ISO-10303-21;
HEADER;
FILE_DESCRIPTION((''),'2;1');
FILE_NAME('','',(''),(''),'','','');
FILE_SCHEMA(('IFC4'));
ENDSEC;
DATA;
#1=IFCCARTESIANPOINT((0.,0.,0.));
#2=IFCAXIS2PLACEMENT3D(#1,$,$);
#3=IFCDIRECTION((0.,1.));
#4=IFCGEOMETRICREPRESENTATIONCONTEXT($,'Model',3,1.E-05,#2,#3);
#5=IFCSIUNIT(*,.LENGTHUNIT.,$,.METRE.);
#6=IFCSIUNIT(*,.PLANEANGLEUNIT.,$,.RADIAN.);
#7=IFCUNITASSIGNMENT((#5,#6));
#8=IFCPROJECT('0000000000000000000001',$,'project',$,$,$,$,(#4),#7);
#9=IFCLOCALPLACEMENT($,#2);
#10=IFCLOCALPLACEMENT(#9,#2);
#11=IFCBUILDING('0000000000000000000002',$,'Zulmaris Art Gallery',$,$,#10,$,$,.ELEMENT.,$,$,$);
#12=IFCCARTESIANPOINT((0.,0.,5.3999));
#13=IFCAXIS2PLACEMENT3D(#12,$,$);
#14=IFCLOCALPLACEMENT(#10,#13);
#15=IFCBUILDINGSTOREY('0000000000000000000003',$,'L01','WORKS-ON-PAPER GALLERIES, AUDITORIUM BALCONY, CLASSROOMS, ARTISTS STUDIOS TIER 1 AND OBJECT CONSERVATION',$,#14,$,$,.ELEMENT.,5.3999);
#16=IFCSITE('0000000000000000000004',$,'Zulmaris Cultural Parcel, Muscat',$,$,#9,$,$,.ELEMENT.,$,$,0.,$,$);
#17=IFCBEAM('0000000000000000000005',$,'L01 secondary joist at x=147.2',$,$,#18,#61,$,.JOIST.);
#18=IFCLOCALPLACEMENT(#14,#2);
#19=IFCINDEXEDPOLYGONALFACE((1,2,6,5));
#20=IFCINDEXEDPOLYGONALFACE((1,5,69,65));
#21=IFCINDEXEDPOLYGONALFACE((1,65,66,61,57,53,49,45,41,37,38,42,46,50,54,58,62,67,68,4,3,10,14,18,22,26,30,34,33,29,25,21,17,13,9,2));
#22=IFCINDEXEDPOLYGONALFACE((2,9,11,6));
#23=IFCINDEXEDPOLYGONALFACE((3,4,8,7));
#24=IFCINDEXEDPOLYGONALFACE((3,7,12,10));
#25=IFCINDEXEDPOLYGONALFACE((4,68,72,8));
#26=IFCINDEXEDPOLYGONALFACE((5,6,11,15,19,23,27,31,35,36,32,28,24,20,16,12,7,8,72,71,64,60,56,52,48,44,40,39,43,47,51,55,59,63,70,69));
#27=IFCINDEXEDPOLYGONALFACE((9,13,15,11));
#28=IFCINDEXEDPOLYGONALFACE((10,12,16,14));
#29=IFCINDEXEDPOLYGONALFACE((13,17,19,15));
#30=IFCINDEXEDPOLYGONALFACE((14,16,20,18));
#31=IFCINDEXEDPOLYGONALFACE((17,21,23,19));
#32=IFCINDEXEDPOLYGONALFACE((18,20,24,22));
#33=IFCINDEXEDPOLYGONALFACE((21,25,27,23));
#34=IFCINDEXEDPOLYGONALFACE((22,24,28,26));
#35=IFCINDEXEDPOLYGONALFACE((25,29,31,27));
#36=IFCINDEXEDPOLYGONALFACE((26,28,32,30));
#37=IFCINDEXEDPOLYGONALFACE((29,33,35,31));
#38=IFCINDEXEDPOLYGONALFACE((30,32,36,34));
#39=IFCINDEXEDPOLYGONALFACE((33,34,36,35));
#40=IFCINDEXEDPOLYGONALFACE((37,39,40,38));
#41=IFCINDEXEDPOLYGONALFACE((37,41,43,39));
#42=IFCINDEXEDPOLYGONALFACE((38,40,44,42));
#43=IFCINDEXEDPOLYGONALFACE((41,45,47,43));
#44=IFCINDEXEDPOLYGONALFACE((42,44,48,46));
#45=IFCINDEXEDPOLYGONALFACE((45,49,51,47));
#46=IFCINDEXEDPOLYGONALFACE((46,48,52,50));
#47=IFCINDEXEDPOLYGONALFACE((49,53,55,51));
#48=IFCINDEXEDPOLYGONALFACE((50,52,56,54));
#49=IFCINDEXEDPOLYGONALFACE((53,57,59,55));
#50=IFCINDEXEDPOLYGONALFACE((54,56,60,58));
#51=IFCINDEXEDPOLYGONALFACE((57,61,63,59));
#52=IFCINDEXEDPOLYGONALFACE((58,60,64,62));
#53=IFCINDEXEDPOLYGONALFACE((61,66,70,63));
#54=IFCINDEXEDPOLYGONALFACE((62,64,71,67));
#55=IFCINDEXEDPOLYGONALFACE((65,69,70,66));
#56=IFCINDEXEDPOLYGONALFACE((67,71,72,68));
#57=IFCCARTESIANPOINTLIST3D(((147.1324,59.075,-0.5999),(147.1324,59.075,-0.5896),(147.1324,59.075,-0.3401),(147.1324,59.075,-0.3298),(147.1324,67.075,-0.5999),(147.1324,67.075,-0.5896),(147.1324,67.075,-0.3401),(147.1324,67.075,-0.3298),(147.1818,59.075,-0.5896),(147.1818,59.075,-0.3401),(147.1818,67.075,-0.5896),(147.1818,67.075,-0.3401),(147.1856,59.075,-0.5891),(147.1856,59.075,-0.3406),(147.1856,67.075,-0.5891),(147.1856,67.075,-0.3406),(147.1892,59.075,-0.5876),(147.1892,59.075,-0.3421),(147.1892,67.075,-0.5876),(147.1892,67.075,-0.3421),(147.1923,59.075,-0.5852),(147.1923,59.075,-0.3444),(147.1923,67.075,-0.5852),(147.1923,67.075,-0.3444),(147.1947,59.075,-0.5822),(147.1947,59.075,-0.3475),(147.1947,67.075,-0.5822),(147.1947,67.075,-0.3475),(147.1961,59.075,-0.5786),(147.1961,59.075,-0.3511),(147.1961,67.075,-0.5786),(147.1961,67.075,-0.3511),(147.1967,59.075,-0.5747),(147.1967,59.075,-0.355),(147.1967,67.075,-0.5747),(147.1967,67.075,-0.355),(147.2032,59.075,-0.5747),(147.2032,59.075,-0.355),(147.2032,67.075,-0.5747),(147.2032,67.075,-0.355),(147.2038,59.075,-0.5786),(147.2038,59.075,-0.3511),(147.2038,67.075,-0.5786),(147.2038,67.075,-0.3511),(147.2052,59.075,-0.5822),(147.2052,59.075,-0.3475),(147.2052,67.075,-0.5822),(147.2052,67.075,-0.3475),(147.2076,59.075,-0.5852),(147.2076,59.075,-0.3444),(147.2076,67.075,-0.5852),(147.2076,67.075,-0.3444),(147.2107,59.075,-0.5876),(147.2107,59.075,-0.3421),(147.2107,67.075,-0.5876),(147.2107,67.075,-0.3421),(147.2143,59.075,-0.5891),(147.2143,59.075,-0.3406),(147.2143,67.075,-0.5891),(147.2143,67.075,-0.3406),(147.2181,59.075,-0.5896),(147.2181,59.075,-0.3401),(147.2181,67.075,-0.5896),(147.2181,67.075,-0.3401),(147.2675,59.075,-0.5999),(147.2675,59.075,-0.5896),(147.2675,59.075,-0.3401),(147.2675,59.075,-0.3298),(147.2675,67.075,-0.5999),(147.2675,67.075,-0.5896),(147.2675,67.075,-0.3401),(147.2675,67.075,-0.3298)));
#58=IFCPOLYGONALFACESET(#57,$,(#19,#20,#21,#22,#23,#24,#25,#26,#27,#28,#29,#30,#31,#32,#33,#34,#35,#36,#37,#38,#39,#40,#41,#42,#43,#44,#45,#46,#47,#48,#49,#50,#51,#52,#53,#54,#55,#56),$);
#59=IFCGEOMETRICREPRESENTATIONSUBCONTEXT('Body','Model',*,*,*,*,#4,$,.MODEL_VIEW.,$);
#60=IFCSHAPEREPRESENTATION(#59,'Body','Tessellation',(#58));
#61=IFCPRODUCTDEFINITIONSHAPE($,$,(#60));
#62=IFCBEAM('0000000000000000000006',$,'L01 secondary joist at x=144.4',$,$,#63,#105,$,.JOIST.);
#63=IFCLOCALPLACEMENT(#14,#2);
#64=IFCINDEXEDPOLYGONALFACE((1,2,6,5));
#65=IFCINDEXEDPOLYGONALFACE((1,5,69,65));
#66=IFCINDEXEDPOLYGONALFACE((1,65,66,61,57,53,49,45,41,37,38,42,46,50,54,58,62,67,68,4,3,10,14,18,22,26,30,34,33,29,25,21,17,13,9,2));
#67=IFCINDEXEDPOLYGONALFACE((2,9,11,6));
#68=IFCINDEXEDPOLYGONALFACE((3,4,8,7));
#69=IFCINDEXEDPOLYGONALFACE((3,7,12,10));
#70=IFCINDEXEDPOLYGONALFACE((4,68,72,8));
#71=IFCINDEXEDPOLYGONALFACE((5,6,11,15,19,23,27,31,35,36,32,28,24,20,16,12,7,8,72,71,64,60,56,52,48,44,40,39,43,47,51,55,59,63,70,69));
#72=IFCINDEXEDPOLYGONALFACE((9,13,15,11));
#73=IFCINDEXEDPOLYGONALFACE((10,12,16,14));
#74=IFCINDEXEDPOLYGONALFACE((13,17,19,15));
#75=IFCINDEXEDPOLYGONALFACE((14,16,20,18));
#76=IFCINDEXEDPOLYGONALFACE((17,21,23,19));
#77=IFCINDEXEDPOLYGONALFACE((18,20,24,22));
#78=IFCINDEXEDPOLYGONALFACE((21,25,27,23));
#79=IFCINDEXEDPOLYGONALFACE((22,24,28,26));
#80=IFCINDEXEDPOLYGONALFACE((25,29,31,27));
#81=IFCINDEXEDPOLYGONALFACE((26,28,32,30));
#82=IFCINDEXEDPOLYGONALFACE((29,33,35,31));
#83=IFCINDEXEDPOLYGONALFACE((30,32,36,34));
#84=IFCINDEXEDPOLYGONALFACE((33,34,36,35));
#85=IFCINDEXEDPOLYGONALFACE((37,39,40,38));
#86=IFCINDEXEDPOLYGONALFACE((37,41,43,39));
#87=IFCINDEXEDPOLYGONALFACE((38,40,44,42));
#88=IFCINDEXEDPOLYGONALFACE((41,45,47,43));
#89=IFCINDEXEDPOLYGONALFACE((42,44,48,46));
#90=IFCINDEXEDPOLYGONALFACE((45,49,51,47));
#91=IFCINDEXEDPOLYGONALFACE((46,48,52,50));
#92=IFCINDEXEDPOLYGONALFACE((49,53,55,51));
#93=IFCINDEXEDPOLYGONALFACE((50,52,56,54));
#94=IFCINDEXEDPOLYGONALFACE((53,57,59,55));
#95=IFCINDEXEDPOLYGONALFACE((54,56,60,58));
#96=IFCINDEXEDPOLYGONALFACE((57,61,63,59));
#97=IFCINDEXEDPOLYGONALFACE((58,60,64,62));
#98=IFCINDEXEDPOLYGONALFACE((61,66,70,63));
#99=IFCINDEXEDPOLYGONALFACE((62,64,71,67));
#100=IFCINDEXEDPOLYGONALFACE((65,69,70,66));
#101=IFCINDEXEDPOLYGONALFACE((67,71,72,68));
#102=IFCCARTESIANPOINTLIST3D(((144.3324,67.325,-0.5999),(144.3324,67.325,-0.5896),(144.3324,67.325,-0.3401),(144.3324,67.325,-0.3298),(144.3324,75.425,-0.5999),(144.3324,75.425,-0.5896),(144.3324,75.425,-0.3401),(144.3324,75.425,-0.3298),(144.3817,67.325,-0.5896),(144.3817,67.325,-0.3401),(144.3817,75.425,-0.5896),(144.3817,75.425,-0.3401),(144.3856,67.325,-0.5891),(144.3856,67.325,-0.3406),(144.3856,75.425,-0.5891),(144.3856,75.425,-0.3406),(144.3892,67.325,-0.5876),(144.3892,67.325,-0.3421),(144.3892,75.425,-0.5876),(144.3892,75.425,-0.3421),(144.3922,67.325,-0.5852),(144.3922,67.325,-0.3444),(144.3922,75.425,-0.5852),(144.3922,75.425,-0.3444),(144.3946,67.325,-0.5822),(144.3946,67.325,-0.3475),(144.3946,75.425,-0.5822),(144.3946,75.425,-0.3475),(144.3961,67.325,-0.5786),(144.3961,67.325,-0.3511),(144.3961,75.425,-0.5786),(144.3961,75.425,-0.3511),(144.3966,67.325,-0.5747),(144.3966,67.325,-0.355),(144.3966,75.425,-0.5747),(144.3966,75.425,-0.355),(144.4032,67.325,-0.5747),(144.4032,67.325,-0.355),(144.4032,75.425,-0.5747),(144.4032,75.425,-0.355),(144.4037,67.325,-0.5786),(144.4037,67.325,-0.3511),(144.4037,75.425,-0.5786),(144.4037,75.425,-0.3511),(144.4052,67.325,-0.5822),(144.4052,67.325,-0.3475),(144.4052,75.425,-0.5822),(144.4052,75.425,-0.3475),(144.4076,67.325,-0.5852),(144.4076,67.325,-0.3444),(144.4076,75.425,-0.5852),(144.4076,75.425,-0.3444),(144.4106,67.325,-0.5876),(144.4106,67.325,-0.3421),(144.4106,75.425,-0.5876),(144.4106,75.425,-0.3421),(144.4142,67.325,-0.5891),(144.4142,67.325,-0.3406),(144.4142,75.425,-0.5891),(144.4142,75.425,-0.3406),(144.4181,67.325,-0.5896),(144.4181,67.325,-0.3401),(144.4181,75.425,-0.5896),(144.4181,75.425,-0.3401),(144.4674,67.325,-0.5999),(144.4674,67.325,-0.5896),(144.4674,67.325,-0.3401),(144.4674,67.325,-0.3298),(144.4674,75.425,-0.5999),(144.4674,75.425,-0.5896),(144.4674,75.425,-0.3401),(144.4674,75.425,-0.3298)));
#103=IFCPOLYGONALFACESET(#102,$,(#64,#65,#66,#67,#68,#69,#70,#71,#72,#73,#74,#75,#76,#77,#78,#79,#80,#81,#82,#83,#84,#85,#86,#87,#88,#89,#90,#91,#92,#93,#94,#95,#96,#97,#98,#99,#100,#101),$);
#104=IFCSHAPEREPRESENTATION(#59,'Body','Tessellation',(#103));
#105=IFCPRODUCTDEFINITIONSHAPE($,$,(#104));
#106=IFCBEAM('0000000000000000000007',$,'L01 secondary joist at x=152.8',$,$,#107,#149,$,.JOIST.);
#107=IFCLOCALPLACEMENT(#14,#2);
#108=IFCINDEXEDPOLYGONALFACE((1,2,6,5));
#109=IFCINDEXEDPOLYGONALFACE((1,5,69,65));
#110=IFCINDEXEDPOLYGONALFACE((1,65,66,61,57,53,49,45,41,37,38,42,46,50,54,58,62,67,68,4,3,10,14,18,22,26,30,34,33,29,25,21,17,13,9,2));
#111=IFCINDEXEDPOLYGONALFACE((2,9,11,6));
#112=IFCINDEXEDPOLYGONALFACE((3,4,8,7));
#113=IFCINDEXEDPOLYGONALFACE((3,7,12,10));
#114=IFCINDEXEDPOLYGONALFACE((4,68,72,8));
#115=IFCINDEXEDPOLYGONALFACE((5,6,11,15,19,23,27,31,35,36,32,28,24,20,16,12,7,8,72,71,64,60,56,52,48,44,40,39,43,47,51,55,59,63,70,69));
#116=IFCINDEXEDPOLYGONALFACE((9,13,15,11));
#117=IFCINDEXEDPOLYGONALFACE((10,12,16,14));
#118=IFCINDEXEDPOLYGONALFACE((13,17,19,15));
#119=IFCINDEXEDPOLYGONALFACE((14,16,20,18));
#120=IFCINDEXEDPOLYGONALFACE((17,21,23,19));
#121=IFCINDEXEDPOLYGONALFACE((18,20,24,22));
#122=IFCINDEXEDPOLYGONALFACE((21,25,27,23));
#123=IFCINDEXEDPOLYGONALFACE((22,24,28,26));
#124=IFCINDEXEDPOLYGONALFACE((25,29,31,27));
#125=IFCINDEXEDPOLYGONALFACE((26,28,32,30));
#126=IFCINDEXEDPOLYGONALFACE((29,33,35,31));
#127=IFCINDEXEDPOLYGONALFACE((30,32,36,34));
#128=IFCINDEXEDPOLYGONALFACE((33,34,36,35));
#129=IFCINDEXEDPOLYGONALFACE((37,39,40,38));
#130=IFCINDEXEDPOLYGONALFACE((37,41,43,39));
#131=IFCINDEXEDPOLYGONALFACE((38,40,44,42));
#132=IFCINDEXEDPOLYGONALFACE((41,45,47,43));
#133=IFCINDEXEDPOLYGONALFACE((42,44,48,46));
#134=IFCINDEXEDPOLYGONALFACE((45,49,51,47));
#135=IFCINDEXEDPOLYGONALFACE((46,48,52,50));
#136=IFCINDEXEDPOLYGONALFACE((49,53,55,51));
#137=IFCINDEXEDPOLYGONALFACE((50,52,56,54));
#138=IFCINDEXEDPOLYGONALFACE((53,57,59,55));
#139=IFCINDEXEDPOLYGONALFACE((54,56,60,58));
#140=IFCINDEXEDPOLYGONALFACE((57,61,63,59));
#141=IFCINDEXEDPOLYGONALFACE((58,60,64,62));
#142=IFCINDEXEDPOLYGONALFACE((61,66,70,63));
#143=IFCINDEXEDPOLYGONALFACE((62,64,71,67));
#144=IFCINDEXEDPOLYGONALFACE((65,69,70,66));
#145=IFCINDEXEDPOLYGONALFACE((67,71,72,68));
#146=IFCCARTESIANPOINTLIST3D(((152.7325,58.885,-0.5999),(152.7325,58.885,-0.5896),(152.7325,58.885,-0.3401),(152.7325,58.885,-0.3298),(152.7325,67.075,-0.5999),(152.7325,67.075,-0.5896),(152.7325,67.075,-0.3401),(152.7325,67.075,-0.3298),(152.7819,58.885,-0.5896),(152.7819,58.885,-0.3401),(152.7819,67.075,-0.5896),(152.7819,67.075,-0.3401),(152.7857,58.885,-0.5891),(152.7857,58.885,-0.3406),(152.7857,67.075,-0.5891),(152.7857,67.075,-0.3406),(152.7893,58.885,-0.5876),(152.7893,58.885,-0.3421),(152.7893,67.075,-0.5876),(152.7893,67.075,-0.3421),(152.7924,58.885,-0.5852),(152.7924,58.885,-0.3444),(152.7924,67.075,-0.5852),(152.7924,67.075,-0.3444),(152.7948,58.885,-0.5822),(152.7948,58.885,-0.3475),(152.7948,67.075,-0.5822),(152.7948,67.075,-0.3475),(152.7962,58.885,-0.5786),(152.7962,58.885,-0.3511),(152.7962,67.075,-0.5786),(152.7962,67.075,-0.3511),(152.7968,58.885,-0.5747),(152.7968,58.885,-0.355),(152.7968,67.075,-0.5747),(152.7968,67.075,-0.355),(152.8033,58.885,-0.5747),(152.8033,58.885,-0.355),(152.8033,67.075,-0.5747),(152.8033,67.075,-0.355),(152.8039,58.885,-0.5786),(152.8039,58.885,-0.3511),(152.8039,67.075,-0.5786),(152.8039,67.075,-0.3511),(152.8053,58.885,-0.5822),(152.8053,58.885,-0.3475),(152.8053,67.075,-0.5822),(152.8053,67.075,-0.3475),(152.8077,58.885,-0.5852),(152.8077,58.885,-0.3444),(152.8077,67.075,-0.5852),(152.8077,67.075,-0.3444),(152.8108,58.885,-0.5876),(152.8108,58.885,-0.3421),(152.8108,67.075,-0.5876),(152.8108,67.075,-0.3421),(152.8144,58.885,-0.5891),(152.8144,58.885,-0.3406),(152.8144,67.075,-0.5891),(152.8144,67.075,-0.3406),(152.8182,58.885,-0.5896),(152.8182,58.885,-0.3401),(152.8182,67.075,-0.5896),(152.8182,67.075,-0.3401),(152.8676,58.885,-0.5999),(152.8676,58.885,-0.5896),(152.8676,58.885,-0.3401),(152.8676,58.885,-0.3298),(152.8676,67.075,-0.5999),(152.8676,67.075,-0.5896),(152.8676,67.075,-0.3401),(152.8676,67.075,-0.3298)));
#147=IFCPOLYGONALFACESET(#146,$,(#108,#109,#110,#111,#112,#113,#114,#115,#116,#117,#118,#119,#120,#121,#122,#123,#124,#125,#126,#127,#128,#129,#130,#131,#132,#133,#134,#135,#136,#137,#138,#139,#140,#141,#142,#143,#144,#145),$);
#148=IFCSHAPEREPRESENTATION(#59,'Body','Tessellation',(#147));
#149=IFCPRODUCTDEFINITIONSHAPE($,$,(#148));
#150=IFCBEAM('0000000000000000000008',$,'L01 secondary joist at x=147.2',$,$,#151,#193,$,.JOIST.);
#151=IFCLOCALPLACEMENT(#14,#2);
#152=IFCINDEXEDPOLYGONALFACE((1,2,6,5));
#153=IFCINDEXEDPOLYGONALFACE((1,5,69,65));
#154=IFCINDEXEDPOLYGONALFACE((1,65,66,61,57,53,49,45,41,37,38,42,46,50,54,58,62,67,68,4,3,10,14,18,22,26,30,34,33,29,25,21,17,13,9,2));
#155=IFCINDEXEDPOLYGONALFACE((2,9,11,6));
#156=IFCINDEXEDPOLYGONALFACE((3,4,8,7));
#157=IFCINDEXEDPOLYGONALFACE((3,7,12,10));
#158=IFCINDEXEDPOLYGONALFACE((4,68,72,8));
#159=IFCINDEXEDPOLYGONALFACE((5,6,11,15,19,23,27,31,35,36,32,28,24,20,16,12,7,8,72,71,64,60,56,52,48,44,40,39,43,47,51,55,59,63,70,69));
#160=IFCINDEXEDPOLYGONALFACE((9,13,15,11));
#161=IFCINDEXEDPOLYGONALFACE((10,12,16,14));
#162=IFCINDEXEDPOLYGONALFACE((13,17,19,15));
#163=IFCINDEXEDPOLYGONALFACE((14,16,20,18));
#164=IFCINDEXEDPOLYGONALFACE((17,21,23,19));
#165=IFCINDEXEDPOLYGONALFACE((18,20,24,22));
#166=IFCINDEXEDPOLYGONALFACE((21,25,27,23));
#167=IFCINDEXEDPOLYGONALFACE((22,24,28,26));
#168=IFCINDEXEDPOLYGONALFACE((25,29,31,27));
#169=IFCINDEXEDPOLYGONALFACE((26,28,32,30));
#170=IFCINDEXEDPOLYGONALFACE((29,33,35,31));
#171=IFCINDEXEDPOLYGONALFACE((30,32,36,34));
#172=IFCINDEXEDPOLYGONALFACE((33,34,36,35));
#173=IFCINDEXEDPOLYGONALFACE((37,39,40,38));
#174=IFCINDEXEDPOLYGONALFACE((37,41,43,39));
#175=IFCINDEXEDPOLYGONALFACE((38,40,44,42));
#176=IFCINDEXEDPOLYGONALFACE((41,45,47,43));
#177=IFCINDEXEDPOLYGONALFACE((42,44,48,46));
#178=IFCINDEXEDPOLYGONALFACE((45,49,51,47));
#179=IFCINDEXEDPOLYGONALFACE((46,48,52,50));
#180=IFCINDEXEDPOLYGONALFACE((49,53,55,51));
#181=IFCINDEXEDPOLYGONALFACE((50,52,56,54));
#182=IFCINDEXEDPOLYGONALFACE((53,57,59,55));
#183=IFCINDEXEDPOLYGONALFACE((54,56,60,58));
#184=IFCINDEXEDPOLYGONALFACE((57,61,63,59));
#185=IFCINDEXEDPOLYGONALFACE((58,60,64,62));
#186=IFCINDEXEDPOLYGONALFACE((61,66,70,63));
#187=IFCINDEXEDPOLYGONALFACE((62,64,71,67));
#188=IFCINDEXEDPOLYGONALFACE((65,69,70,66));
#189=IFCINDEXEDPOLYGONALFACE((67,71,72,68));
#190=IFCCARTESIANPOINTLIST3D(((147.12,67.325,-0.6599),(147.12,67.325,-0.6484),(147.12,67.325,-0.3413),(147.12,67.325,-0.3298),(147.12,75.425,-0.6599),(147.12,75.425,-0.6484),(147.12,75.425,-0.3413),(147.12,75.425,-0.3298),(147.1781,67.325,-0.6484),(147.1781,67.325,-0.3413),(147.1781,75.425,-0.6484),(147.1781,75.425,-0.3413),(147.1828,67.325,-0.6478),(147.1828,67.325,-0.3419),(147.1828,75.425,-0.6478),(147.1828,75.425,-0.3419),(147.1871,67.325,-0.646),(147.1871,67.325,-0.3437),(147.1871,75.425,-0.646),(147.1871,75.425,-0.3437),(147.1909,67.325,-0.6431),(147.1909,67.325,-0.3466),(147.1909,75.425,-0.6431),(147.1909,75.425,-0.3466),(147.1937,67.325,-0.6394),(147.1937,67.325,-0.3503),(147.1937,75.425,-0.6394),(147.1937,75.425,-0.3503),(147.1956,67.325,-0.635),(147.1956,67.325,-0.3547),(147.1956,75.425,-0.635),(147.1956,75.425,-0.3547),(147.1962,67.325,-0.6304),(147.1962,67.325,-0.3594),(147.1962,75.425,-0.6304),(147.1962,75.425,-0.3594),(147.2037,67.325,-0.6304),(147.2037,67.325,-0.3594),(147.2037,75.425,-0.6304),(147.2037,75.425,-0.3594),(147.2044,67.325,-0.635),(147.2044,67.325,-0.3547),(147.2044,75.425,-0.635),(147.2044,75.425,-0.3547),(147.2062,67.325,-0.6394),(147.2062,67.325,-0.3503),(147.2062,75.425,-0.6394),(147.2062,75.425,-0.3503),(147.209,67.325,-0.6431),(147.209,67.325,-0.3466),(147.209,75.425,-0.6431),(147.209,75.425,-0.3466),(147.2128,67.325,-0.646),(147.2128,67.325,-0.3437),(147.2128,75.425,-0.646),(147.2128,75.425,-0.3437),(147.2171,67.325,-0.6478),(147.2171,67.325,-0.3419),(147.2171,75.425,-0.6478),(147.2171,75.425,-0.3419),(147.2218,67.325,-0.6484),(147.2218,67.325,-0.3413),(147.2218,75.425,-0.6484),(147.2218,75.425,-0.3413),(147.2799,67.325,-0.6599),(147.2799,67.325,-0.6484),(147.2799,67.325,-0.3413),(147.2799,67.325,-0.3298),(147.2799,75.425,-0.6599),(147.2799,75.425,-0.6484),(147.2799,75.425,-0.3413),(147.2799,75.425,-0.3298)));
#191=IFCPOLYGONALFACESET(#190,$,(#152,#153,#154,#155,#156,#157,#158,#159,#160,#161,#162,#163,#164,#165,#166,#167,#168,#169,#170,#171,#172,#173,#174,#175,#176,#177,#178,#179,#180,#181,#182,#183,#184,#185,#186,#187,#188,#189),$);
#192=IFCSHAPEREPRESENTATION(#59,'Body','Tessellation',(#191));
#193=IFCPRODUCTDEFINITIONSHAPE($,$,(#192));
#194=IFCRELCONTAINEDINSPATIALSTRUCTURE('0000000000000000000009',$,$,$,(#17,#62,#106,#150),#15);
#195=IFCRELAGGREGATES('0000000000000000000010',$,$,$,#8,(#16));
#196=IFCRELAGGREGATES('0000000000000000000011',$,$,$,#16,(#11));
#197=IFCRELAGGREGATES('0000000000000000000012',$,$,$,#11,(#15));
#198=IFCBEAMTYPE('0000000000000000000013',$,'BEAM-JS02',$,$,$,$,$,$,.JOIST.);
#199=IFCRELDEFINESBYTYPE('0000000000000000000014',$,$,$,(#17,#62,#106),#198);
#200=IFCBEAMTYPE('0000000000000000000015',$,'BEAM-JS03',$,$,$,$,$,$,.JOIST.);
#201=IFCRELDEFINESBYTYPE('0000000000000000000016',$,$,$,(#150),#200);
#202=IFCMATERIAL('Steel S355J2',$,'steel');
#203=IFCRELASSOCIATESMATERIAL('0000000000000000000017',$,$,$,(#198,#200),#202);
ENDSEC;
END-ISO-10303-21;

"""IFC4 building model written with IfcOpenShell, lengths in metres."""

from ifc_helpers import new_model, si_unit, direction, frame, origin, origin_2d, place, context, subcontext, project, spatial, i_section, extrude, material, material_profile, profile_set, type_object, element, save


model = new_model("IFC4")

# Units and contexts
model_context = context("Model", 3, precision=1e-05, world=origin(), true_north=direction((0.0, 1.0)))
body_context = subcontext(model_context, "Body", "Model", "MODEL_VIEW")
ifc_project = project(units=[si_unit("LENGTHUNIT", "METRE"), si_unit("PLANEANGLEUNIT", "RADIAN")], contexts=[model_context])

# Site, building, storey
site_placement = place(None, origin())
site = spatial("IfcSite", under=ifc_project, at=site_placement, Name="Zulmaris Cultural Parcel, Muscat", CompositionType="ELEMENT", RefElevation=0.0)
building_placement = place(site_placement, origin())
building = spatial("IfcBuilding", under=site, at=building_placement, Name="Zulmaris Art Gallery", CompositionType="ELEMENT")
storey_placement = place(building_placement, frame((0.0, 0.0, 5.3999)))
storey = spatial("IfcBuildingStorey", under=building, at=storey_placement, Name="L01", Description="WORKS-ON-PAPER GALLERIES, AUDITORIUM BALCONY, CLASSROOMS, ARTISTS STUDIOS TIER 1 AND OBJECT CONSERVATION", CompositionType="ELEMENT", Elevation=5.3999)

# Beams
ifc_material_1 = material(Name="Steel S355J2", Category="steel")
ifc_material_profile_1 = material_profile(ifc_material_1, i_section(OverallWidth=0.135, OverallDepth=0.27, WebThickness=0.0066, FlangeThickness=0.0103, FilletRadius=0.0149, at=origin_2d()), Name="IPE 270")
ifc_profile_set_1 = profile_set([ifc_material_profile_1], Name="Steel S355J2")
beam_type_1 = type_object("IfcBeamType", Name="BEAM-JS02", PredefinedType="JOIST", material=ifc_profile_set_1)
beam_1_placement = place(storey_placement, frame((147.2, 59.075, -0.4648), z_axis=(0.0, 1.0, 0.0), x_axis=(-1.0, 0.0, 0.0)))
element("IfcBeam", 1, at=beam_1_placement, inside=storey, type_object=beam_type_1, Name="L01 secondary joist at x=147.2", PredefinedType="JOIST", context=body_context, shape_type="SweptSolid", body=[
    extrude(i_section(OverallWidth=0.135, OverallDepth=0.27, WebThickness=0.0066, FlangeThickness=0.0103, FilletRadius=0.0149, at=origin_2d()), origin(), (0.0, 0.0, 1.0), 8.0),
])
beam_2_placement = place(storey_placement, frame((144.3999, 67.325, -0.4648), z_axis=(0.0, 1.0, 0.0), x_axis=(-1.0, 0.0, 0.0)))
element("IfcBeam", 2, at=beam_2_placement, inside=storey, type_object=beam_type_1, Name="L01 secondary joist at x=144.4", PredefinedType="JOIST", context=body_context, shape_type="SweptSolid", body=[
    extrude(i_section(OverallWidth=0.135, OverallDepth=0.27, WebThickness=0.0066, FlangeThickness=0.0103, FilletRadius=0.0149, at=origin_2d()), origin(), (0.0, 0.0, 1.0), 8.1001),
])
beam_3_placement = place(storey_placement, frame((152.8, 58.885, -0.4648), z_axis=(0.0, 1.0, 0.0), x_axis=(-1.0, 0.0, 0.0)))
element("IfcBeam", 3, at=beam_3_placement, inside=storey, type_object=beam_type_1, Name="L01 secondary joist at x=152.8", PredefinedType="JOIST", context=body_context, shape_type="SweptSolid", body=[
    extrude(i_section(OverallWidth=0.135, OverallDepth=0.27, WebThickness=0.0066, FlangeThickness=0.0103, FilletRadius=0.0149, at=origin_2d()), origin(), (0.0, 0.0, 1.0), 8.1899),
])
ifc_material_profile_2 = material_profile(ifc_material_1, i_section(OverallWidth=0.1599, OverallDepth=0.3301, WebThickness=0.0076, FlangeThickness=0.0115, FilletRadius=0.0181, at=origin_2d()), Name="IPE 330")
ifc_profile_set_2 = profile_set([ifc_material_profile_2], Name="Steel S355J2")
beam_type_2 = type_object("IfcBeamType", Name="BEAM-JS03", PredefinedType="JOIST", material=ifc_profile_set_2)
beam_4_placement = place(storey_placement, frame((147.2, 67.325, -0.4949), z_axis=(0.0, 1.0, 0.0), x_axis=(-1.0, 0.0, 0.0)))
element("IfcBeam", 4, at=beam_4_placement, inside=storey, type_object=beam_type_2, Name="L01 secondary joist at x=147.2", PredefinedType="JOIST", context=body_context, shape_type="SweptSolid", body=[
    extrude(i_section(OverallWidth=0.1599, OverallDepth=0.3301, WebThickness=0.0076, FlangeThickness=0.0115, FilletRadius=0.0181, at=origin_2d()), origin(), (0.0, 0.0, 1.0), 8.1001),
])

save(model, "model.ifc")
